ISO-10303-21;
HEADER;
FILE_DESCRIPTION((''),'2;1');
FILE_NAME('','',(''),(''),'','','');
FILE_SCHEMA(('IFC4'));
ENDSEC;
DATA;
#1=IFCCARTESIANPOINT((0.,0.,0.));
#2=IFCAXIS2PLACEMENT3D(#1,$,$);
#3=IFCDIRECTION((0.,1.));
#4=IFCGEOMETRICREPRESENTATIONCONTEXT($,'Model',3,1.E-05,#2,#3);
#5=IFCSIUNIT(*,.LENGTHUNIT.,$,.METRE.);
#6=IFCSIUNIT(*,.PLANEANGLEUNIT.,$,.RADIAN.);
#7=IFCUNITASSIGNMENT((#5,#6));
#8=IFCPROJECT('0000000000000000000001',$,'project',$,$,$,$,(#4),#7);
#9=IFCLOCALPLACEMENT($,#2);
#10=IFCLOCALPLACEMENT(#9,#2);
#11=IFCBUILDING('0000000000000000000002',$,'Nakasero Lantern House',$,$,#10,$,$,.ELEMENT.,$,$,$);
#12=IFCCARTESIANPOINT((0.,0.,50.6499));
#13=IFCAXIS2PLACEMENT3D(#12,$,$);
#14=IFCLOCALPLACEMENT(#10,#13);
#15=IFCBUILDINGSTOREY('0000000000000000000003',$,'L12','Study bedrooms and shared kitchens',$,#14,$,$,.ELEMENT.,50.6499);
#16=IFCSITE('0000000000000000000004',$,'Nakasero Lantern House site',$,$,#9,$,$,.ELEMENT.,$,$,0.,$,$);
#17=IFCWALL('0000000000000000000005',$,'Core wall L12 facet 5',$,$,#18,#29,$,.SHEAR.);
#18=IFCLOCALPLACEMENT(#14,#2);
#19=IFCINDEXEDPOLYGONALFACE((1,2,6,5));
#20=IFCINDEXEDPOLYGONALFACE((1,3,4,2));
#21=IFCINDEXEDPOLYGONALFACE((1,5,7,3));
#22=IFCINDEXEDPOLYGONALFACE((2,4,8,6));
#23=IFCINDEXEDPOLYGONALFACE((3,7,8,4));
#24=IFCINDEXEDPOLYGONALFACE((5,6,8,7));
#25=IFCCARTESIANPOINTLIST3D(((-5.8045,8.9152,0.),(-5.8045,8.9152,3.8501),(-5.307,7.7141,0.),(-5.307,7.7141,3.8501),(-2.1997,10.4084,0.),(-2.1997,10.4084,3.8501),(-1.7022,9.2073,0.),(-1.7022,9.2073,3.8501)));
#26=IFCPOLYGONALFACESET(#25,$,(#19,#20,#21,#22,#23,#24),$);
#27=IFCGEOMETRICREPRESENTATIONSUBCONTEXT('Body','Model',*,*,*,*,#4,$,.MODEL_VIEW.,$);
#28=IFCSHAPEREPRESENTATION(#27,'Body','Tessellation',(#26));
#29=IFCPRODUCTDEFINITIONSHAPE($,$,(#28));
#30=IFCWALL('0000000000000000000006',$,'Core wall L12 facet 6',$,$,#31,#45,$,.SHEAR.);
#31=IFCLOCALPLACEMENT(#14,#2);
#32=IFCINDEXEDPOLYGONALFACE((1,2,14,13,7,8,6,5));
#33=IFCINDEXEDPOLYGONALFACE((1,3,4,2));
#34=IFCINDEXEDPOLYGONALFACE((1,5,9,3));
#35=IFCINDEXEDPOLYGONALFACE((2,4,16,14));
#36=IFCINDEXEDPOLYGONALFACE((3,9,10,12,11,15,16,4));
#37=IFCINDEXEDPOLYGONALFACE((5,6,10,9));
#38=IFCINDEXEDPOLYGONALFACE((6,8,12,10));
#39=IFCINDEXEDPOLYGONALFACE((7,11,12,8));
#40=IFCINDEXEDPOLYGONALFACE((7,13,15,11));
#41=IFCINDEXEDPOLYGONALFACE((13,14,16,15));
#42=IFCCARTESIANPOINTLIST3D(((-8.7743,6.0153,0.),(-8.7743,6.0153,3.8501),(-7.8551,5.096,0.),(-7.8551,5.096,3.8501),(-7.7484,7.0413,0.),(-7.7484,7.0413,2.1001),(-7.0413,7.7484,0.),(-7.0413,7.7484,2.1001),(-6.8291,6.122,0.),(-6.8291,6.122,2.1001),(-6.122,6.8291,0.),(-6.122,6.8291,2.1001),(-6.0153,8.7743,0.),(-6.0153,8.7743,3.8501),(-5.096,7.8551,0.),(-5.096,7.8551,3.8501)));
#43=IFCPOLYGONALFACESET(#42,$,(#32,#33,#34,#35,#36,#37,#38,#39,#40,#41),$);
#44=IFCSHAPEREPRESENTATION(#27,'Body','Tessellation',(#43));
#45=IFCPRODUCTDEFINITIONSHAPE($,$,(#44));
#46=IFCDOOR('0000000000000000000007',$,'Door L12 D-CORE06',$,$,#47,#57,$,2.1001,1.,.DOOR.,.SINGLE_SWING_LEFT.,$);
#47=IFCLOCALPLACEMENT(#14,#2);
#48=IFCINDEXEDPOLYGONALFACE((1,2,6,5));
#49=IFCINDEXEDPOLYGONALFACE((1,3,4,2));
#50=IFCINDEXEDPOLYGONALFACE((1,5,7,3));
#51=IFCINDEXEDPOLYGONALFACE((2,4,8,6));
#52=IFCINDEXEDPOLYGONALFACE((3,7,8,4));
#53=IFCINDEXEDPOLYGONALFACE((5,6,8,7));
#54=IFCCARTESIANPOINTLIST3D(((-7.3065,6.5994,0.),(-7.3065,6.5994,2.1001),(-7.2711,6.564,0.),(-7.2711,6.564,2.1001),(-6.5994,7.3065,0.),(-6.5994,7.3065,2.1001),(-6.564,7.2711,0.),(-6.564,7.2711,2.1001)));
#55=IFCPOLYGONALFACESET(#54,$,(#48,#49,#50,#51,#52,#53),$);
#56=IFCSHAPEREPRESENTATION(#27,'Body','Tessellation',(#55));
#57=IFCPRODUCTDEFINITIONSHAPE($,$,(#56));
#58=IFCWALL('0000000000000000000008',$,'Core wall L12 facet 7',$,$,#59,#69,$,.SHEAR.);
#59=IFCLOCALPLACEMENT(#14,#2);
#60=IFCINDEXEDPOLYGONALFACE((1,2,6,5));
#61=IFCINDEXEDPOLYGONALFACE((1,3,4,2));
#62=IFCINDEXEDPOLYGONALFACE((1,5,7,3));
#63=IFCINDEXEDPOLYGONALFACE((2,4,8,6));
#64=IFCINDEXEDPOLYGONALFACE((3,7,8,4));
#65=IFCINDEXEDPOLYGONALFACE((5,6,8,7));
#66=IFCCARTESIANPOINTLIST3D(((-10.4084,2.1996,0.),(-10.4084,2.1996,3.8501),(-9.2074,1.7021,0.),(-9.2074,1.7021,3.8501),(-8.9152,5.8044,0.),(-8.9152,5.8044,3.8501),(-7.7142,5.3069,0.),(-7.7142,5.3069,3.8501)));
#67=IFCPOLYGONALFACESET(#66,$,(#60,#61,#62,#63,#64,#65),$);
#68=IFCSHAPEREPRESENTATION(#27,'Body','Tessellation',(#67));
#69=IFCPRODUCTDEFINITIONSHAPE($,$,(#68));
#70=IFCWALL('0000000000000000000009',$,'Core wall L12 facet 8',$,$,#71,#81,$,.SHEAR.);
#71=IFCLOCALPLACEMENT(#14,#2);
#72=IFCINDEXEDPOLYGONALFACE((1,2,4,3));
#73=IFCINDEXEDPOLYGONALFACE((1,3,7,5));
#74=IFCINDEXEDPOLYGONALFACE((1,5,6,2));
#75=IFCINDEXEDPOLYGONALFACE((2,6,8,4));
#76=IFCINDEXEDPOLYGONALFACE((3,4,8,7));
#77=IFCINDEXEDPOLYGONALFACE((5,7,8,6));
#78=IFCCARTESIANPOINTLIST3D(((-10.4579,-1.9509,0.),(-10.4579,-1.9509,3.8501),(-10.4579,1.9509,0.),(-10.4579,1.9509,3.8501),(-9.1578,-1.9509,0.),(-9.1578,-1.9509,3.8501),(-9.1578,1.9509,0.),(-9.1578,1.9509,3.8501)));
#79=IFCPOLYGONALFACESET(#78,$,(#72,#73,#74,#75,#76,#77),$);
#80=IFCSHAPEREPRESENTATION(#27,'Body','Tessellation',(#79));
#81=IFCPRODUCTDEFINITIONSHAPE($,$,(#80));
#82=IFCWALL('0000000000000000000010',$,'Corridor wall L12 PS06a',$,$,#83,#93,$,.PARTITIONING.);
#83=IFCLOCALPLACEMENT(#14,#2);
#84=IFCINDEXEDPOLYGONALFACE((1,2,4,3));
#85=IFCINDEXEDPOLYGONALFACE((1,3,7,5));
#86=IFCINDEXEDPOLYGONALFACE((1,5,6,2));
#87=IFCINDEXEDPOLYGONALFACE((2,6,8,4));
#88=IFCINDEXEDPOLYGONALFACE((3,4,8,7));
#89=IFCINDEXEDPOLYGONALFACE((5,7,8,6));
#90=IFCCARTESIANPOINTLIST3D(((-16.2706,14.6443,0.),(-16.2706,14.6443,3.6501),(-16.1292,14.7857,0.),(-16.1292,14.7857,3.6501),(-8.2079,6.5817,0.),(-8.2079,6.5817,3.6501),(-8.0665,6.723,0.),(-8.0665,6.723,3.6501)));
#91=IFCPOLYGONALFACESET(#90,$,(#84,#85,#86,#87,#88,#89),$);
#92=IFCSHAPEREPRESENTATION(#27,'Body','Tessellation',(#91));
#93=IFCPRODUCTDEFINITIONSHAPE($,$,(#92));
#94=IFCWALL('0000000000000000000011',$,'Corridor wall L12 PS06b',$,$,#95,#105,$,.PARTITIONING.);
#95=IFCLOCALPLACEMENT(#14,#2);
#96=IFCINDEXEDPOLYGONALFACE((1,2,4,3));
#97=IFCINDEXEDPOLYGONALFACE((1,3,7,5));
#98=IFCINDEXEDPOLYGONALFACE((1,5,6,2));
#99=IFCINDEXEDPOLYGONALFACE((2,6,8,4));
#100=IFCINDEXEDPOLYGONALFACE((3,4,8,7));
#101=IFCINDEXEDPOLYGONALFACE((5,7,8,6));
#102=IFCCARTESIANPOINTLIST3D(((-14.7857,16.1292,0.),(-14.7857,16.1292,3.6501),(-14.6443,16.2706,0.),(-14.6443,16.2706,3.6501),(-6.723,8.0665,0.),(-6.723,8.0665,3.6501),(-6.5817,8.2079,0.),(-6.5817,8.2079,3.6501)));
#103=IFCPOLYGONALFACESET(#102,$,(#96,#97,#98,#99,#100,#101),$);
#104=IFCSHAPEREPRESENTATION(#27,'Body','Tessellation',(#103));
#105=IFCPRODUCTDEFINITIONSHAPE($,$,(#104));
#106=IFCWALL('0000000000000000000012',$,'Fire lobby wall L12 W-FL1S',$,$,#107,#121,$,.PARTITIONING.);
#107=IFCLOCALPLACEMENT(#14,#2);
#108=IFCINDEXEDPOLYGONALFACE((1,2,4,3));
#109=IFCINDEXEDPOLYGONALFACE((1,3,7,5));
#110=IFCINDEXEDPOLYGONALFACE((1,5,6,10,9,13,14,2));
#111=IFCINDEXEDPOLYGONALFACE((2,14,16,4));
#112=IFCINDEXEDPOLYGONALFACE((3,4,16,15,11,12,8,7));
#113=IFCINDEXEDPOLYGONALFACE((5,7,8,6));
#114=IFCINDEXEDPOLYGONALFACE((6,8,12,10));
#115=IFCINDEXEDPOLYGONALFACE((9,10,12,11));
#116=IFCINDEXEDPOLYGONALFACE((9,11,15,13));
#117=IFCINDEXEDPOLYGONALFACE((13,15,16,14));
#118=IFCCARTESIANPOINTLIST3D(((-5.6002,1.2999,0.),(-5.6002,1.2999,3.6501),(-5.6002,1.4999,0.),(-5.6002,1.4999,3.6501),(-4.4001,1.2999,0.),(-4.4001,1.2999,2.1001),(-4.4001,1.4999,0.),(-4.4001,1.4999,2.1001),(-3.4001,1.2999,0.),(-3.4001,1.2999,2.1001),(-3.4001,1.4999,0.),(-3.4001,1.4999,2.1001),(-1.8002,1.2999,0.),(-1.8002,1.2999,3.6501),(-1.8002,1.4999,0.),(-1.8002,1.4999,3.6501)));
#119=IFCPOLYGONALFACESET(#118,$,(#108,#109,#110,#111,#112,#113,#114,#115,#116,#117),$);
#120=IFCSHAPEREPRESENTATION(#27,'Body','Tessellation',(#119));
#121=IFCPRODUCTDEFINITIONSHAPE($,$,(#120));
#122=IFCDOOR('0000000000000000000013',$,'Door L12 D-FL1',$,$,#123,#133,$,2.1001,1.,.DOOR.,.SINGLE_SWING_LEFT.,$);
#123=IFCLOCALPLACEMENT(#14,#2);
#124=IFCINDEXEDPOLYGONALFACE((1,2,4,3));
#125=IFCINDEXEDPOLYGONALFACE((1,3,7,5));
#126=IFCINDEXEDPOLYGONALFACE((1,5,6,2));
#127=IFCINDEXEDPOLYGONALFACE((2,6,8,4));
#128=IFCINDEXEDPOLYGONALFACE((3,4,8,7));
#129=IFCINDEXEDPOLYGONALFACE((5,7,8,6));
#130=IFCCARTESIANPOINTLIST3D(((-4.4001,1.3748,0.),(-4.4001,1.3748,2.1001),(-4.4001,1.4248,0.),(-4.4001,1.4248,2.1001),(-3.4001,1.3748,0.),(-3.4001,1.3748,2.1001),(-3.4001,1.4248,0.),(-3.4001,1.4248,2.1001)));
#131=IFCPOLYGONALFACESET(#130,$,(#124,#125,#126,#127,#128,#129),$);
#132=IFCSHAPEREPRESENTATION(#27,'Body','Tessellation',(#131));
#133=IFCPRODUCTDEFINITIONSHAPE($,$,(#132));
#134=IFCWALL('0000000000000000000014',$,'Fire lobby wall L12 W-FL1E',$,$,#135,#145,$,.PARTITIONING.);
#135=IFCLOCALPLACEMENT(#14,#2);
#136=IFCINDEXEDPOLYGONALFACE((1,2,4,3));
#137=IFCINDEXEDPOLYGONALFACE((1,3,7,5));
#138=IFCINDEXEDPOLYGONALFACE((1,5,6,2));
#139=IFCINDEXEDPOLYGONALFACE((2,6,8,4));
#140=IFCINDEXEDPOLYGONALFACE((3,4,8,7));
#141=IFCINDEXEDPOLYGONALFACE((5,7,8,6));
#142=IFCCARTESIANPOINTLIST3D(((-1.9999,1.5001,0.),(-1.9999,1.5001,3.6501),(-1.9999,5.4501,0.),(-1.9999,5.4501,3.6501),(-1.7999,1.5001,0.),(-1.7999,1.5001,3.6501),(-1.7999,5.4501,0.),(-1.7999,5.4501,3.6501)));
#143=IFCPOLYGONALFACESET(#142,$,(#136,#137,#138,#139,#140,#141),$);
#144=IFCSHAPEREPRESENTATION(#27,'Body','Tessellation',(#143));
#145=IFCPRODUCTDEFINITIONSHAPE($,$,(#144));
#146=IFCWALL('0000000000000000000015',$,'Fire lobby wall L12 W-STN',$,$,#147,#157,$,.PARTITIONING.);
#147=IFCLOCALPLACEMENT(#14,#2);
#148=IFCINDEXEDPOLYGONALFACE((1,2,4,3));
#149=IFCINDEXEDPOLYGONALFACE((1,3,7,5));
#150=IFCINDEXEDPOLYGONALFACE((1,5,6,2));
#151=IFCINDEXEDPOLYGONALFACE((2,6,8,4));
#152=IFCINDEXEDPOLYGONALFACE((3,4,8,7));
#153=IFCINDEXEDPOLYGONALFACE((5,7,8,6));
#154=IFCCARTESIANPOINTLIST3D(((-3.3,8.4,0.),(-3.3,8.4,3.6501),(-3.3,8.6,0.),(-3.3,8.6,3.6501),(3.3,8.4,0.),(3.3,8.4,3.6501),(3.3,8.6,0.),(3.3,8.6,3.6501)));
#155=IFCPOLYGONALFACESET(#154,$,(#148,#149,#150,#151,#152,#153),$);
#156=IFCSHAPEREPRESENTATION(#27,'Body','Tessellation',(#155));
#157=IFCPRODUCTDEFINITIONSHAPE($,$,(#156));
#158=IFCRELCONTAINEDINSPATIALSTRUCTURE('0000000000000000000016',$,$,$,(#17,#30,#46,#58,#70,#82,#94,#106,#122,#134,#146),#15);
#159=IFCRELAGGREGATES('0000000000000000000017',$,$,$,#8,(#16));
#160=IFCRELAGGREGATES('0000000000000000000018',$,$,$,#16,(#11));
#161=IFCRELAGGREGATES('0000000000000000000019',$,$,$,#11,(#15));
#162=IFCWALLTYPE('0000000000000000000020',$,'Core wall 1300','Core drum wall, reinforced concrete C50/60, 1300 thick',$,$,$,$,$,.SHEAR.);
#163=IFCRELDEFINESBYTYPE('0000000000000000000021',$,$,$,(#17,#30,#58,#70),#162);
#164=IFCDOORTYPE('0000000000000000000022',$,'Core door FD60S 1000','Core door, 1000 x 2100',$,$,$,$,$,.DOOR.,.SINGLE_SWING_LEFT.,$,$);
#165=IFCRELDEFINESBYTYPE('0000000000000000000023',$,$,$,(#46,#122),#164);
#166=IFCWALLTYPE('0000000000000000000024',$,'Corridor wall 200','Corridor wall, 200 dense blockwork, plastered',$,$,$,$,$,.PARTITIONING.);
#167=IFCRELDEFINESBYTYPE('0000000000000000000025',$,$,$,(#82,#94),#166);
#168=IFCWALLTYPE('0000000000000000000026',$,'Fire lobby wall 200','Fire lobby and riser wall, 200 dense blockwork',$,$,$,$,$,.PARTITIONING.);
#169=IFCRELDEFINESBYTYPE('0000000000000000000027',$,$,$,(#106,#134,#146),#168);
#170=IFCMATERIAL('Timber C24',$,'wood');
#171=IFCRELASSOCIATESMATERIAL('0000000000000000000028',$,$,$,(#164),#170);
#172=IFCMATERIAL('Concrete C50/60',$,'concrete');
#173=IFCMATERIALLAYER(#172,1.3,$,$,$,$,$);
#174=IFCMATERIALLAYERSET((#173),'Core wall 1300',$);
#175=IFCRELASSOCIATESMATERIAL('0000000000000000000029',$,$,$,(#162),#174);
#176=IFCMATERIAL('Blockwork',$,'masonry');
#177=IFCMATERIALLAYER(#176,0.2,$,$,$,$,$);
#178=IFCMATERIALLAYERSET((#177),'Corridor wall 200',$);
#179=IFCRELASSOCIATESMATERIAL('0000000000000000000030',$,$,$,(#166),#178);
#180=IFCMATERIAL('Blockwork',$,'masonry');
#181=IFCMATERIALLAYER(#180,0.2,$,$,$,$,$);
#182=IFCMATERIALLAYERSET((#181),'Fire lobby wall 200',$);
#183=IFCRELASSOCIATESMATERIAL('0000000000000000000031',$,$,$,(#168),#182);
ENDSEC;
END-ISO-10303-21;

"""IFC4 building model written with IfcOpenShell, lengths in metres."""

from ifc_helpers import new_model, si_unit, direction, frame, frame_2d, origin, place, context, subcontext, project, spatial, rectangle, extrude, material, layer, layer_set, type_object, element, fill, save


model = new_model("IFC4")

# Units and contexts
model_context = context("Model", 3, precision=1e-05, world=origin(), true_north=direction((0.0, 1.0)))
body_context = subcontext(model_context, "Body", "Model", "MODEL_VIEW")
ifc_project = project(units=[si_unit("LENGTHUNIT", "METRE"), si_unit("PLANEANGLEUNIT", "RADIAN")], contexts=[model_context])

# Site, building, storey
site_placement = place(None, origin())
site = spatial("IfcSite", under=ifc_project, at=site_placement, Name="Nakasero Lantern House site", CompositionType="ELEMENT", RefElevation=0.0)
building_placement = place(site_placement, origin())
building = spatial("IfcBuilding", under=site, at=building_placement, Name="Nakasero Lantern House", CompositionType="ELEMENT")
storey_placement = place(building_placement, frame((0.0, 0.0, 50.6499)))
storey = spatial("IfcBuildingStorey", under=building, at=storey_placement, Name="L12", Description="Study bedrooms and shared kitchens", CompositionType="ELEMENT", Elevation=50.6499)

# Shared definitions
ifc_material_1 = material(Name="Timber C24", Category="wood")
door_type_1 = type_object("IfcDoorType", Name="Core door FD60S 1000", Description="Core door, 1000 x 2100", OperationType="SINGLE_SWING_LEFT", PredefinedType="DOOR", material=ifc_material_1)

# Wall
ifc_material_2 = material(Name="Concrete C50/60", Category="concrete")
ifc_layer_1 = layer(ifc_material_2, 1.3)
ifc_layer_set_1 = layer_set([ifc_layer_1], Name="Core wall 1300")
wall_type_1 = type_object("IfcWallType", Name="Core wall 1300", Description="Core drum wall, reinforced concrete C50/60, 1300 thick", PredefinedType="SHEAR", material=ifc_layer_set_1)
wall_1_placement = place(storey_placement, frame((-1.9509, 9.8079, 0.0), z_axis=(0.0, 0.0, 1.0), x_axis=(-0.923877, -0.382691, 0.0)))
element("IfcWall", 1, at=wall_1_placement, inside=storey, type_object=wall_type_1, Name="Core wall L12 facet 5", PredefinedType="SHEAR", context=body_context, shape_type="SweptSolid", body=[
    extrude(rectangle(XDim=3.9019, YDim=1.3, at=frame_2d((1.9509, 0.0))), origin(), (0.0, 0.0, 1.0), 3.8501),
])

# Wall, opening, door
wall_2_placement = place(storey_placement, frame((-5.5557, 8.3147, 0.0), z_axis=(0.0, 0.0, 1.0), x_axis=(-0.707107, -0.707107, 0.0)))
wall_2 = element("IfcWall", 2, at=wall_2_placement, inside=storey, type_object=wall_type_1, Name="Core wall L12 facet 6", PredefinedType="SHEAR", context=body_context, shape_type="SweptSolid", body=[
    extrude(rectangle(XDim=3.9019, YDim=1.3, at=frame_2d((1.9509, 0.0))), origin(), (0.0, 0.0, 1.0), 3.8501),
])
opening_1_placement = place(wall_2_placement, frame((1.4509, 0.0, 0.0)))
opening_1 = element("IfcOpeningElement", 3, at=opening_1_placement, cuts=wall_2, PredefinedType="OPENING", context=body_context, shape_type="SweptSolid", body=[
    extrude(rectangle(XDim=1.0, YDim=2.1001, at=frame_2d((0.5, 1.05))), frame((0.0, 0.6699, 0.0), z_axis=(0.0, -1.0, 0.0), x_axis=(1.0, 0.0, 0.0)), (0.0, 0.0, 1.0), 1.3401),
])
door_1_placement = place(opening_1_placement, origin())
door_1 = element("IfcDoor", 4, at=door_1_placement, inside=storey, type_object=door_type_1, Name="Door L12 D-CORE06", OperationType="SINGLE_SWING_LEFT", OverallHeight=2.1001, OverallWidth=1.0, PredefinedType="DOOR", context=body_context, shape_type="SweptSolid", body=[
    extrude(rectangle(XDim=1.0, YDim=2.1001, at=frame_2d((0.5, 1.05))), frame((0.0, 0.0249, 0.0), z_axis=(0.0, -1.0, 0.0), x_axis=(1.0, 0.0, 0.0)), (0.0, 0.0, 1.0), 0.05),
])
fill(opening_1, door_1)

# Walls
for number, where, z_axis, x_axis, name in (
    (5, (-8.3147, 5.5557, 0.0), (0.0, 0.0, 1.0), (-0.382691, -0.923877, 0.0), "Core wall L12 facet 7"),
    (6, (-9.8079, 1.9509, 0.0), (0.0, 0.0, 1.0), (0.0, -1.0, 0.0), "Core wall L12 facet 8"),
):
    element("IfcWall", number, at=place(storey_placement, frame(where, z_axis=z_axis, x_axis=x_axis)), inside=storey, type_object=wall_type_1, Name=name, PredefinedType="SHEAR", context=body_context, shape_type="SweptSolid", body=[
        extrude(rectangle(XDim=3.9019, YDim=1.3, at=frame_2d((1.9509, 0.0))), origin(), (0.0, 0.0, 1.0), 3.8501),
    ])
ifc_material_3 = material(Name="Blockwork", Category="masonry")
ifc_layer_2 = layer(ifc_material_3, 0.2)
ifc_layer_set_2 = layer_set([ifc_layer_2], Name="Corridor wall 200")
wall_type_2 = type_object("IfcWallType", Name="Corridor wall 200", Description="Corridor wall, 200 dense blockwork, plastered", PredefinedType="PARTITIONING", material=ifc_layer_set_2)
for number, where, z_axis, x_axis, name in (
    (7, (-8.1372, 6.6523, 0.0), (0.0, 0.0, 1.0), (-0.707107, 0.707107, 0.0), "Corridor wall L12 PS06a"),
    (8, (-6.6523, 8.1372, 0.0), (0.0, 0.0, 1.0), (-0.707107, 0.707107, 0.0), "Corridor wall L12 PS06b"),
):
    element("IfcWall", number, at=place(storey_placement, frame(where, z_axis=z_axis, x_axis=x_axis)), inside=storey, type_object=wall_type_2, Name=name, PredefinedType="PARTITIONING", context=body_context, shape_type="SweptSolid", body=[
        extrude(rectangle(XDim=11.4023, YDim=0.2, at=frame_2d((5.7012, 0.0))), origin(), (0.0, 0.0, 1.0), 3.6501),
    ])

# Wall, opening, door
ifc_material_4 = material(Name="Blockwork", Category="masonry")
ifc_layer_3 = layer(ifc_material_4, 0.2)
ifc_layer_set_3 = layer_set([ifc_layer_3], Name="Fire lobby wall 200")
wall_type_3 = type_object("IfcWallType", Name="Fire lobby wall 200", Description="Fire lobby and riser wall, 200 dense blockwork", PredefinedType="PARTITIONING", material=ifc_layer_set_3)
wall_3_placement = place(storey_placement, frame((-5.6001, 1.3999, 0.0), z_axis=(0.0, 0.0, 1.0), x_axis=(1.0, 0.0, 0.0)))
wall_3 = element("IfcWall", 9, at=wall_3_placement, inside=storey, type_object=wall_type_3, Name="Fire lobby wall L12 W-FL1S", PredefinedType="PARTITIONING", context=body_context, shape_type="SweptSolid", body=[
    extrude(rectangle(XDim=3.8, YDim=0.2, at=frame_2d((1.8999, 0.0))), origin(), (0.0, 0.0, 1.0), 3.6501),
])
opening_2_placement = place(wall_3_placement, frame((1.2, 0.0, 0.0)))
opening_2 = element("IfcOpeningElement", 10, at=opening_2_placement, cuts=wall_3, PredefinedType="OPENING", context=body_context, shape_type="SweptSolid", body=[
    extrude(rectangle(XDim=1.0, YDim=2.1001, at=frame_2d((0.5, 1.05))), frame((0.0, 0.1199, 0.0), z_axis=(0.0, -1.0, 0.0), x_axis=(1.0, 0.0, 0.0)), (0.0, 0.0, 1.0), 0.24),
])
door_2_placement = place(opening_2_placement, origin())
door_2 = element("IfcDoor", 11, at=door_2_placement, inside=storey, type_object=door_type_1, Name="Door L12 D-FL1", OperationType="SINGLE_SWING_LEFT", OverallHeight=2.1001, OverallWidth=1.0, PredefinedType="DOOR", context=body_context, shape_type="SweptSolid", body=[
    extrude(rectangle(XDim=1.0, YDim=2.1001, at=frame_2d((0.5, 1.05))), frame((0.0, 0.0249, 0.0), z_axis=(0.0, -1.0, 0.0), x_axis=(1.0, 0.0, 0.0)), (0.0, 0.0, 1.0), 0.05),
])
fill(opening_2, door_2)

# Walls
wall_4_placement = place(storey_placement, frame((-1.8999, 1.5, 0.0), z_axis=(0.0, 0.0, 1.0), x_axis=(0.0, 1.0, 0.0)))
element("IfcWall", 12, at=wall_4_placement, inside=storey, type_object=wall_type_3, Name="Fire lobby wall L12 W-FL1E", PredefinedType="PARTITIONING", context=body_context, shape_type="SweptSolid", body=[
    extrude(rectangle(XDim=3.95, YDim=0.2, at=frame_2d((1.9751, 0.0))), origin(), (0.0, 0.0, 1.0), 3.6501),
])
wall_5_placement = place(storey_placement, frame((-3.3, 8.5, 0.0), z_axis=(0.0, 0.0, 1.0), x_axis=(1.0, 0.0, 0.0)))
element("IfcWall", 13, at=wall_5_placement, inside=storey, type_object=wall_type_3, Name="Fire lobby wall L12 W-STN", PredefinedType="PARTITIONING", context=body_context, shape_type="SweptSolid", body=[
    extrude(rectangle(XDim=6.6001, YDim=0.2, at=frame_2d((3.3, 0.0))), origin(), (0.0, 0.0, 1.0), 3.6501),
])

save(model, "model.ifc")
